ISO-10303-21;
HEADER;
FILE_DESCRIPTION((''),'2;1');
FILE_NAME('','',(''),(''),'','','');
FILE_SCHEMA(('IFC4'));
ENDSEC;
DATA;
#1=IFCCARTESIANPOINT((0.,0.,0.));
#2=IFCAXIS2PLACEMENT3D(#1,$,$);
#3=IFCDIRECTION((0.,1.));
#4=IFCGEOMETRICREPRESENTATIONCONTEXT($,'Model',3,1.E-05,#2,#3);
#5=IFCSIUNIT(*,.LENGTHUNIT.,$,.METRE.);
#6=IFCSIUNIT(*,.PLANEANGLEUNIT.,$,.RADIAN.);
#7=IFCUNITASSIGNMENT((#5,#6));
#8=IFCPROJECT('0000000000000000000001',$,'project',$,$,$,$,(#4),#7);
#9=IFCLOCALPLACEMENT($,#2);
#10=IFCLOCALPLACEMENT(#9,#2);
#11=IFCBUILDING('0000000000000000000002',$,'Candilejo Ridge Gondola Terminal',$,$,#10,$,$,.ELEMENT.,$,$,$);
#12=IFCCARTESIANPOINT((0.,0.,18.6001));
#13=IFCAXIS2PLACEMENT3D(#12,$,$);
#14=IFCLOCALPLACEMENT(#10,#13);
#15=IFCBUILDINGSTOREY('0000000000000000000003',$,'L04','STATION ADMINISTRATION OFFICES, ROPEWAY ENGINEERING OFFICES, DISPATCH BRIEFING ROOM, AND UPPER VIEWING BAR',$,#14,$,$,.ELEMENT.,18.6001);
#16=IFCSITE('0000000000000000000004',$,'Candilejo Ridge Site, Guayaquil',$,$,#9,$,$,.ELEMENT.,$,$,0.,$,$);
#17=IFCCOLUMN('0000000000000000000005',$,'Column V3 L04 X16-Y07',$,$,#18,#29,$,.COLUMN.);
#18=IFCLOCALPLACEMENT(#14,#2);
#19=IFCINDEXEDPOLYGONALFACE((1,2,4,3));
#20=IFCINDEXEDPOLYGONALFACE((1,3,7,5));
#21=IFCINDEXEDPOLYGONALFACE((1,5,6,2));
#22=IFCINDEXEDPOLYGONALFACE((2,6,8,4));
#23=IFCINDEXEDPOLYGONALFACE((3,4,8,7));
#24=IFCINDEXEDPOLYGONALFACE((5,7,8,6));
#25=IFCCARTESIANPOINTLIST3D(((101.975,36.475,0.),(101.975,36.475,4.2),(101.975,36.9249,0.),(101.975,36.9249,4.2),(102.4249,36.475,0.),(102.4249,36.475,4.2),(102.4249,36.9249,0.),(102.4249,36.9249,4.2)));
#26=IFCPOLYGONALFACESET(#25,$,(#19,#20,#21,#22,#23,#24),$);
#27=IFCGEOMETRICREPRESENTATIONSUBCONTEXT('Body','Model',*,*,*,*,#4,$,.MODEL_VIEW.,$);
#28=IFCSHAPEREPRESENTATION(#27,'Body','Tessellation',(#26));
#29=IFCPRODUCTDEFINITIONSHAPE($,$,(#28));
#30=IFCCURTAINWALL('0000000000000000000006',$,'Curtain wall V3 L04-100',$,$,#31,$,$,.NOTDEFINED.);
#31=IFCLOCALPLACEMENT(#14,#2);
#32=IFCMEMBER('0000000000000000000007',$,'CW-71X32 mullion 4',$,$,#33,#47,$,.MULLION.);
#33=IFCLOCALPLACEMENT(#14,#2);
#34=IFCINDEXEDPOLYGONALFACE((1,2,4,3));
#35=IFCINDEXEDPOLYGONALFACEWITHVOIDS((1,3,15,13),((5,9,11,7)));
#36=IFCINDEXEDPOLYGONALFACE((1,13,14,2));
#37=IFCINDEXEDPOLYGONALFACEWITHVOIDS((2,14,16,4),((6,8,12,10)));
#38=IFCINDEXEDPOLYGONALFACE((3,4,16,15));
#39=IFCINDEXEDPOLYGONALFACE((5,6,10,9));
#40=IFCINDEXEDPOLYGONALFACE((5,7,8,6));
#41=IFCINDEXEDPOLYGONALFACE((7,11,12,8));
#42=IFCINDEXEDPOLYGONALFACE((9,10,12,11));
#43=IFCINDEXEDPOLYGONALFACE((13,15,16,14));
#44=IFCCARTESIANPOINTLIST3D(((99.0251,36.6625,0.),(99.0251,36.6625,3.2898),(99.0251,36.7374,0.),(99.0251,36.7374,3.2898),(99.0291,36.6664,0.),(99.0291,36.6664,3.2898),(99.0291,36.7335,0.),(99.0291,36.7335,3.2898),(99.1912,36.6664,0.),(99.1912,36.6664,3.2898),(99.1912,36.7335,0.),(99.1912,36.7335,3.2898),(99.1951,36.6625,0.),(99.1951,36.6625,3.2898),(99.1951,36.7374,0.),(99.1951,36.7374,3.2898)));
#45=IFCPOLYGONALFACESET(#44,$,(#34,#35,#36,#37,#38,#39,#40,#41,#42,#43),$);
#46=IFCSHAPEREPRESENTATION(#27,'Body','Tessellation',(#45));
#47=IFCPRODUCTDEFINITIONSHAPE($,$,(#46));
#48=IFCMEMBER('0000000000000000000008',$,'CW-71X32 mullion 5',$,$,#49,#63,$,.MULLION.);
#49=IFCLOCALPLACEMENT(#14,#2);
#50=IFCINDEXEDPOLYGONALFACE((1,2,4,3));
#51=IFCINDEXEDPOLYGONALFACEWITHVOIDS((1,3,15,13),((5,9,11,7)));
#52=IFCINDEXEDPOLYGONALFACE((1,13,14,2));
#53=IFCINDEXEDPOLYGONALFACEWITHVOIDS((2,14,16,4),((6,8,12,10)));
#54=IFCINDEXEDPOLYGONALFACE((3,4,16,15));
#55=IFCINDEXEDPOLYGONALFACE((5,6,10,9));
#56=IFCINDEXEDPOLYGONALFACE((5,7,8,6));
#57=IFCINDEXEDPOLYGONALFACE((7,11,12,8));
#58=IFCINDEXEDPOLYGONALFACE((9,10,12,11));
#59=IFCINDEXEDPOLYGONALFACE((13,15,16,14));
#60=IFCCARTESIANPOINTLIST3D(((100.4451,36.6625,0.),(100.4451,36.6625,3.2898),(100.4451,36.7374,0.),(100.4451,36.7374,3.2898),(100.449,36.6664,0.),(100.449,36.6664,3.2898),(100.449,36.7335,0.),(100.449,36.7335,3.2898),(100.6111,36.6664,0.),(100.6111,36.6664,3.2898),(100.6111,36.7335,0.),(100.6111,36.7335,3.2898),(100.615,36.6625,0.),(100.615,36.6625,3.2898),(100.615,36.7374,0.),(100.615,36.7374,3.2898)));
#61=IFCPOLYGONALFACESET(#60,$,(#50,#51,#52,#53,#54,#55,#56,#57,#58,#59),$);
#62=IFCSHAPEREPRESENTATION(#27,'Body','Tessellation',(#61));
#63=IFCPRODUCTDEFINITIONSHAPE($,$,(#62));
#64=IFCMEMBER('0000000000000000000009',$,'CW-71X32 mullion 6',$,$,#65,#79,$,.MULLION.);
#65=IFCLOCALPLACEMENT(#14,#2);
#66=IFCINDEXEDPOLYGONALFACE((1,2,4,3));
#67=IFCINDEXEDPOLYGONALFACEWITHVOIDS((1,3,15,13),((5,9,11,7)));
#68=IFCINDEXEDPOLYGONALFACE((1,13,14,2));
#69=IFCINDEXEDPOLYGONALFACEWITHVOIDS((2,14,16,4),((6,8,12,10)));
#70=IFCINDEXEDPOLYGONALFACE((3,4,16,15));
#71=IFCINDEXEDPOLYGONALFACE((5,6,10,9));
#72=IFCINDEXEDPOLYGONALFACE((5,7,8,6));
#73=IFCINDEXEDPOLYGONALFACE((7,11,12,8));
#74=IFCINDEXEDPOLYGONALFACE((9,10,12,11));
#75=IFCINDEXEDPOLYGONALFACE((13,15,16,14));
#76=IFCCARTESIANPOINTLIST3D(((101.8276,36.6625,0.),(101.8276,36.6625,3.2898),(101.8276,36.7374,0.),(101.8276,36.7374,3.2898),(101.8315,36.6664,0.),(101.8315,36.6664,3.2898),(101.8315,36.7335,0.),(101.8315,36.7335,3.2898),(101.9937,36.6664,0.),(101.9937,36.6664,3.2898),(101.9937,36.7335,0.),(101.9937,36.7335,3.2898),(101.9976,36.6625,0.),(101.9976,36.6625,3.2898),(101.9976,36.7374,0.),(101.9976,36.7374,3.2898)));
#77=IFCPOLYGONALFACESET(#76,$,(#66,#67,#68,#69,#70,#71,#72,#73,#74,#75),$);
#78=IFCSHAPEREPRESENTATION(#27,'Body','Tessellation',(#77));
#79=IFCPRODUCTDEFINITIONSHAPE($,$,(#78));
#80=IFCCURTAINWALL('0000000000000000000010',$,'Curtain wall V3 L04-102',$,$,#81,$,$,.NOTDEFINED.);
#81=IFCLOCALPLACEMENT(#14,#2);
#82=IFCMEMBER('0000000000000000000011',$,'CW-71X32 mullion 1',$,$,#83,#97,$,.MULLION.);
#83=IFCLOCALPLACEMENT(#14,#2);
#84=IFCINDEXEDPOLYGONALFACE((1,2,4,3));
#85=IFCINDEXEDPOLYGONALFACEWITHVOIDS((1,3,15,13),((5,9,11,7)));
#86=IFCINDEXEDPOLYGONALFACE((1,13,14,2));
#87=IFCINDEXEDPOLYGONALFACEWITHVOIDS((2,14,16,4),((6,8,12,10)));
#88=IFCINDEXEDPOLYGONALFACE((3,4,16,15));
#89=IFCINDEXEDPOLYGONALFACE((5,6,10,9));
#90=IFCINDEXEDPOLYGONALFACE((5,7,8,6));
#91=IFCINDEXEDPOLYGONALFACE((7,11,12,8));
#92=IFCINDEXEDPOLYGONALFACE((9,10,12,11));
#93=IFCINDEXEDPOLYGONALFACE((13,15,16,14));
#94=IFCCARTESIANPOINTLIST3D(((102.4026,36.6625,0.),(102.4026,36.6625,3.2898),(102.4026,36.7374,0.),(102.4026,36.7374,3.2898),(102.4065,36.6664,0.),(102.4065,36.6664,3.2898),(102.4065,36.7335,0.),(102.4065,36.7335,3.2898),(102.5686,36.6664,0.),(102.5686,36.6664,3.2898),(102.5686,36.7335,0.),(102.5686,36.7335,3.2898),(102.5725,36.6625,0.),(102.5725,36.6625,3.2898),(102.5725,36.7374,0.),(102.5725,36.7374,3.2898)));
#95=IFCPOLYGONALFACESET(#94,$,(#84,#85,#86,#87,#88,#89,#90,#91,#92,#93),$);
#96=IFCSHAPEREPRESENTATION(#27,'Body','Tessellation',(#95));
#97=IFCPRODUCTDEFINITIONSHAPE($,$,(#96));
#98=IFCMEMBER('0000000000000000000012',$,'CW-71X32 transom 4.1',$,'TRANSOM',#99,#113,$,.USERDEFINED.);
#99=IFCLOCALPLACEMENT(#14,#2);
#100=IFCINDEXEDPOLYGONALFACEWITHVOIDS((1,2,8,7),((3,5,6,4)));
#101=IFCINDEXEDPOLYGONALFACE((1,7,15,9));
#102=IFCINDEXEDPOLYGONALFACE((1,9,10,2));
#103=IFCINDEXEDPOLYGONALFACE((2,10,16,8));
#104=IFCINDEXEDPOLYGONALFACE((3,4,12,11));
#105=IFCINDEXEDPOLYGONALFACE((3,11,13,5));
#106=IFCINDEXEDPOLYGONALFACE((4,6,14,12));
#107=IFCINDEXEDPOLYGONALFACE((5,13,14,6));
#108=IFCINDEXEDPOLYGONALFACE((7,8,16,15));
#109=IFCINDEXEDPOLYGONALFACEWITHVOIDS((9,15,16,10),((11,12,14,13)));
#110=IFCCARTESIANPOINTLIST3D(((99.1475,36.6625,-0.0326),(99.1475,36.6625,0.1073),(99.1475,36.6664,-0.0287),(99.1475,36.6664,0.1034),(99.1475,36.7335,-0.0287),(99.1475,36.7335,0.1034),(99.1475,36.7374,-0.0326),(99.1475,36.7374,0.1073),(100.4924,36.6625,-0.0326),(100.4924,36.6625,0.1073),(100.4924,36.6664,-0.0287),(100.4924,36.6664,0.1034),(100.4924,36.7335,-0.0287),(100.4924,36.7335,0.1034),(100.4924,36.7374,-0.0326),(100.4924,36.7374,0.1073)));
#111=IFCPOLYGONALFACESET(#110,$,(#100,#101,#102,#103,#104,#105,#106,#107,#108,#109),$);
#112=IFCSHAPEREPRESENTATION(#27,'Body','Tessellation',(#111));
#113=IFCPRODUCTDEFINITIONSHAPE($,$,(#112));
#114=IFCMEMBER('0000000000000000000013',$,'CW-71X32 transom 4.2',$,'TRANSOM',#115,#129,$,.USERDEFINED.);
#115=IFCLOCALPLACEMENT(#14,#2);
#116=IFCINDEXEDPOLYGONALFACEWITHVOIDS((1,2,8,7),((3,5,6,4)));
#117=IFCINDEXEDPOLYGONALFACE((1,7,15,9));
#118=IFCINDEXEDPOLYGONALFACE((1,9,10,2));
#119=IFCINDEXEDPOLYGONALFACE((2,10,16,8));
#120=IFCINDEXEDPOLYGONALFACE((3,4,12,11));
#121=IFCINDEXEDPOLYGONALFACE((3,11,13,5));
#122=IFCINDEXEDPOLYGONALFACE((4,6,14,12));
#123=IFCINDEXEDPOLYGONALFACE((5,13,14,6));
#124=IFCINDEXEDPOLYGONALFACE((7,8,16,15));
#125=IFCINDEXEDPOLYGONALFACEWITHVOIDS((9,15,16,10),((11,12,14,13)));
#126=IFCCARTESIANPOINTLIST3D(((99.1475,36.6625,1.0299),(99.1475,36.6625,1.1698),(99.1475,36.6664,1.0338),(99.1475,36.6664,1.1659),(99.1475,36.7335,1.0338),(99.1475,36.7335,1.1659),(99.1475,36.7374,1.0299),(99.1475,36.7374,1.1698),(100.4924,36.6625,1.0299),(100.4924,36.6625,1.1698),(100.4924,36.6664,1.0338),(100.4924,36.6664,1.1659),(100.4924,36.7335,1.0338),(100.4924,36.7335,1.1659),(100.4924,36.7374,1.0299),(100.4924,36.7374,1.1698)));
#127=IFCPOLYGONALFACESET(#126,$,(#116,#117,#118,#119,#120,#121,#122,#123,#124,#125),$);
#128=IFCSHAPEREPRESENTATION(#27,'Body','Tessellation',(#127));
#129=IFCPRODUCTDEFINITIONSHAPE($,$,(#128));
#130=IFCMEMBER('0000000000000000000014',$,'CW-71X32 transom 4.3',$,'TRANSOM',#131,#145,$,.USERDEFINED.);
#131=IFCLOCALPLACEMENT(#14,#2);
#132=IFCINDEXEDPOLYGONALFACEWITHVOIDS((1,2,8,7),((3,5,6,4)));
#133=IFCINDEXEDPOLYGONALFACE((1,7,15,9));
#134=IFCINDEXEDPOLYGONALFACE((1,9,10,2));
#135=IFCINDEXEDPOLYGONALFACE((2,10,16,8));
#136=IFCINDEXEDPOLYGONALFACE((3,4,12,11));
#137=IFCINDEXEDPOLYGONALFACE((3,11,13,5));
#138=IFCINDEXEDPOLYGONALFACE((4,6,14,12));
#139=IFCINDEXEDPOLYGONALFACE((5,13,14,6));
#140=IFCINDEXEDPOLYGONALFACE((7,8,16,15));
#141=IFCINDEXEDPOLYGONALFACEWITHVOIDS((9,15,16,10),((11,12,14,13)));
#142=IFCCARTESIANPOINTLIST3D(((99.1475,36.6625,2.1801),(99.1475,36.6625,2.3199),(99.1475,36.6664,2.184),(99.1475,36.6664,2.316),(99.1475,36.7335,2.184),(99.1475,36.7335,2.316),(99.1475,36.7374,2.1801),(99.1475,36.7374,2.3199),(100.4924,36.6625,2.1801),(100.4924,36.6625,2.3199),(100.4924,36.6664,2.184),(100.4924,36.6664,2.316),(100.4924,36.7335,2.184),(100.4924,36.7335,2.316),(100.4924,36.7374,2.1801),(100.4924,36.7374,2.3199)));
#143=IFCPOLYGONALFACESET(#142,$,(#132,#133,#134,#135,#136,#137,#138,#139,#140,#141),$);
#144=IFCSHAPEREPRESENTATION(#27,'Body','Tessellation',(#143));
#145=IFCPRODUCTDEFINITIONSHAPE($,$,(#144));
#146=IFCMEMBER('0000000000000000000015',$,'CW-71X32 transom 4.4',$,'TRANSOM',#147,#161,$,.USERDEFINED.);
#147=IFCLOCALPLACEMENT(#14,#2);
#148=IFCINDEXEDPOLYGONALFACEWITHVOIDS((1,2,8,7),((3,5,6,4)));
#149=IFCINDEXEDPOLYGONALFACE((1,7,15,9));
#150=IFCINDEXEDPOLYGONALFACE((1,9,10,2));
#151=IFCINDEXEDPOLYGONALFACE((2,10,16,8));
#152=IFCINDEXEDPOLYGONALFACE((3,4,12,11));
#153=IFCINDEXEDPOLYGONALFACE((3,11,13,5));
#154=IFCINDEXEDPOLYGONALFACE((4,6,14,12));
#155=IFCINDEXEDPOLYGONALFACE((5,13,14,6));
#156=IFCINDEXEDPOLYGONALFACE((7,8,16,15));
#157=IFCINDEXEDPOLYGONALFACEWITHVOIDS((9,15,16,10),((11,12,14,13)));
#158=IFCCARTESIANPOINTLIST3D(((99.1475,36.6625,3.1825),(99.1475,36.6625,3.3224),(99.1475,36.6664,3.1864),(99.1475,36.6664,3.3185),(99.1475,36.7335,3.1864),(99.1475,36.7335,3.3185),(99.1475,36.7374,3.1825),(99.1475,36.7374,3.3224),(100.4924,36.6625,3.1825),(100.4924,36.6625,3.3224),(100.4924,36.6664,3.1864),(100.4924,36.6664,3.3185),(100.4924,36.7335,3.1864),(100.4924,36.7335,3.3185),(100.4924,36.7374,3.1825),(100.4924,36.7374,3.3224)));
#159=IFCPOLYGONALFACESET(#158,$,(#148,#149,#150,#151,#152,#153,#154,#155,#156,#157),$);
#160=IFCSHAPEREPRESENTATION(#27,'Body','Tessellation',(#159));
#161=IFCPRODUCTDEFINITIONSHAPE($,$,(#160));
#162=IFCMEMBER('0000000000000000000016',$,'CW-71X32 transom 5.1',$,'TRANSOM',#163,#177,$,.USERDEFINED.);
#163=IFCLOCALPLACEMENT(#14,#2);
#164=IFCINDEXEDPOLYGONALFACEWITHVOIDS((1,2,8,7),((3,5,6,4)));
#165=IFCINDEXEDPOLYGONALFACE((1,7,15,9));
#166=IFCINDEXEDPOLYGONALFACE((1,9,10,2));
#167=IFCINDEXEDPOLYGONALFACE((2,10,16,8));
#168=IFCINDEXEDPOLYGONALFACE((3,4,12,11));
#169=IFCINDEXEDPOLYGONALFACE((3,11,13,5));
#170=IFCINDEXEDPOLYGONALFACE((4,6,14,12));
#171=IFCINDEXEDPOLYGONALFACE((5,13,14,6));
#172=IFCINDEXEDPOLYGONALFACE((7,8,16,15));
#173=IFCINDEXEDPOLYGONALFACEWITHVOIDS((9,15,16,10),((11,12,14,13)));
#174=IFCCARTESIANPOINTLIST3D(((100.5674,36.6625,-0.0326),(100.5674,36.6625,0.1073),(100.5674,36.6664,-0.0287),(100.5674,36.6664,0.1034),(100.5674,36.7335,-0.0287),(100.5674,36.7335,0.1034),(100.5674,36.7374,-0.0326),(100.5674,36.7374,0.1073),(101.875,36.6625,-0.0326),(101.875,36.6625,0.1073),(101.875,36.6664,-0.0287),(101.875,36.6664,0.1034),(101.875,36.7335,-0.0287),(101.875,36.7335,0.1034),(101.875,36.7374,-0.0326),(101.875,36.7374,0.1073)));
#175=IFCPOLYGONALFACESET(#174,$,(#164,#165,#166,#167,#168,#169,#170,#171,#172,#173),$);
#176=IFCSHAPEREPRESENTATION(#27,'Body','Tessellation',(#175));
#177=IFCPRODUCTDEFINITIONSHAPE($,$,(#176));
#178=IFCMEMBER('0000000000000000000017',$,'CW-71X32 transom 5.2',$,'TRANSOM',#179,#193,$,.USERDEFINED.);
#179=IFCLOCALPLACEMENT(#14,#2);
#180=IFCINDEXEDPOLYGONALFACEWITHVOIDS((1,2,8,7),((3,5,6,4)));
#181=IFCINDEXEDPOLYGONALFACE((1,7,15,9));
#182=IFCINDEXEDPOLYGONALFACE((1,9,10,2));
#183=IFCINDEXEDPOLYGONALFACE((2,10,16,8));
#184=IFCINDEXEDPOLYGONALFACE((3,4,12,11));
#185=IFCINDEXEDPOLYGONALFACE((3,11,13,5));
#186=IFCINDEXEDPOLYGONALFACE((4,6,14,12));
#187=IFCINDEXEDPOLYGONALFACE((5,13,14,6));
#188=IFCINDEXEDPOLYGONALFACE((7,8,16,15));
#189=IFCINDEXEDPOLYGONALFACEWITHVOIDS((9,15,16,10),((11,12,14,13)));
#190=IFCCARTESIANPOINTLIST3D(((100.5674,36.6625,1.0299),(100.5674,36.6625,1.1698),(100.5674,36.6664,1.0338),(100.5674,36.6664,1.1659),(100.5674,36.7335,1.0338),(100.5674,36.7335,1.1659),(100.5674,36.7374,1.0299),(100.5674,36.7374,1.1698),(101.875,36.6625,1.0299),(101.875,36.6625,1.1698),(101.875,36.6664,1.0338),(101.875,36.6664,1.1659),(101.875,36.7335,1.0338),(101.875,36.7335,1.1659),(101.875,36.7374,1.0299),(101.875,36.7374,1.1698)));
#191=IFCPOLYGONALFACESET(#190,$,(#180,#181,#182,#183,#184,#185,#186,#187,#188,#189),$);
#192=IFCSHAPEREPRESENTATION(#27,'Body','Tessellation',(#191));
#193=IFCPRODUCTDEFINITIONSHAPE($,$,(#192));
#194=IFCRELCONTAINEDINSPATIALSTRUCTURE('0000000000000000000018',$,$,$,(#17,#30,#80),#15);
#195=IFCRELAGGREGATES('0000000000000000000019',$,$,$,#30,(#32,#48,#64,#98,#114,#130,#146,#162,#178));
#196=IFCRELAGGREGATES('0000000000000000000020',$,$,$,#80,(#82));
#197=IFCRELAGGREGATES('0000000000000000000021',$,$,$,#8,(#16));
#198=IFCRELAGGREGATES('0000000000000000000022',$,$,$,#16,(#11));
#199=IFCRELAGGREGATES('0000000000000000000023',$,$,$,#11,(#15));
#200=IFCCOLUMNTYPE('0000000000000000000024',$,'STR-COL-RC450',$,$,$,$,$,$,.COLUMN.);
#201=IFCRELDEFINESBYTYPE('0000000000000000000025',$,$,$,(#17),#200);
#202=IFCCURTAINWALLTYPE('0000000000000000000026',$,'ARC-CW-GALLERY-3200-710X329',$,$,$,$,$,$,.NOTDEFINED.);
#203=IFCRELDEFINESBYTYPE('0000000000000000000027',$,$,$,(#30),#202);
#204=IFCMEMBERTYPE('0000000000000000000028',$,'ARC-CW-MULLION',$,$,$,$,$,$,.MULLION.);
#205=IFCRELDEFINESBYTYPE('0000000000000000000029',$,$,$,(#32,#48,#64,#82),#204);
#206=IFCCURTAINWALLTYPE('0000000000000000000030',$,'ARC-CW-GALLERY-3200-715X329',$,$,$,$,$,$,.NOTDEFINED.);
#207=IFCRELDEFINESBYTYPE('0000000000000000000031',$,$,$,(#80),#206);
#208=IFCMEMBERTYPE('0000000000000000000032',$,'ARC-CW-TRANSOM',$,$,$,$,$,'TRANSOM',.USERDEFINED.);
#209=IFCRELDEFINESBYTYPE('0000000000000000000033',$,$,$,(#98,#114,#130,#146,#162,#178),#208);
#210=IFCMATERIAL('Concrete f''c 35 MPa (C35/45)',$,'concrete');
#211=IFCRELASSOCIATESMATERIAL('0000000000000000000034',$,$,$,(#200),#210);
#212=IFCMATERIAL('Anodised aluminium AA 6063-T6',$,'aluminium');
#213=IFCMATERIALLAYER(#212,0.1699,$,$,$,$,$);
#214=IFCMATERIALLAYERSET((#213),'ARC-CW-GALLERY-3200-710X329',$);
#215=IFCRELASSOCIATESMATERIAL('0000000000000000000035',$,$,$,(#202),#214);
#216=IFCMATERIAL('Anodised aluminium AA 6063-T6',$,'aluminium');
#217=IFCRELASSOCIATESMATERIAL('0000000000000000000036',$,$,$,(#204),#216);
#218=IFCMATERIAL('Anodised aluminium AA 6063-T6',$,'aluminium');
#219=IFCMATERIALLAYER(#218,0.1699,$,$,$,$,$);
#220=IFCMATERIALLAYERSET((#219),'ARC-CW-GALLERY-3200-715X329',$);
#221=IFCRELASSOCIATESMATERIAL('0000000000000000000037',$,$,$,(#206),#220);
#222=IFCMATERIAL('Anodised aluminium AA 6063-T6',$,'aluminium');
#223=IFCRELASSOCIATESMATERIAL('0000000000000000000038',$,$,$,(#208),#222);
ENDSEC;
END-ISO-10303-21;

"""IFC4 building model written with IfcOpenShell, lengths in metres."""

from ifc_helpers import new_model, si_unit, direction, frame, origin, origin_2d, place, context, subcontext, project, spatial, rectangle, hollow_rectangle, extrude, material, layer, layer_set, material_profile, profile_set, type_object, element, aggregate, save


model = new_model("IFC4")

# Units and contexts
model_context = context("Model", 3, precision=1e-05, world=origin(), true_north=direction((0.0, 1.0)))
body_context = subcontext(model_context, "Body", "Model", "MODEL_VIEW")
ifc_project = project(units=[si_unit("LENGTHUNIT", "METRE"), si_unit("PLANEANGLEUNIT", "RADIAN")], contexts=[model_context])

# Site, building, storey
site_placement = place(None, origin())
site = spatial("IfcSite", under=ifc_project, at=site_placement, Name="Candilejo Ridge Site, Guayaquil", CompositionType="ELEMENT", RefElevation=0.0)
building_placement = place(site_placement, origin())
building = spatial("IfcBuilding", under=site, at=building_placement, Name="Candilejo Ridge Gondola Terminal", CompositionType="ELEMENT")
storey_placement = place(building_placement, frame((0.0, 0.0, 18.6001)))
storey = spatial("IfcBuildingStorey", under=building, at=storey_placement, Name="L04", Description="STATION ADMINISTRATION OFFICES, ROPEWAY ENGINEERING OFFICES, DISPATCH BRIEFING ROOM, AND UPPER VIEWING BAR", CompositionType="ELEMENT", Elevation=18.6001)

# Column
ifc_material_1 = material(Name="Concrete f'c 35 MPa (C35/45)", Category="concrete")
ifc_material_profile_1 = material_profile(ifc_material_1, rectangle(XDim=0.45, YDim=0.45, at=origin_2d()))
ifc_profile_set_1 = profile_set([ifc_material_profile_1], Name="Concrete f'c 35 MPa (C35/45)")
column_type = type_object("IfcColumnType", Name="STR-COL-RC450", PredefinedType="COLUMN", material=ifc_profile_set_1)
column_placement = place(storey_placement, frame((102.2, 36.7, 0.0), z_axis=(0.0, 0.0, 1.0), x_axis=(1.0, 0.0, 0.0)))
element("IfcColumn", 1, at=column_placement, inside=storey, type_object=column_type, Name="Column V3 L04 X16-Y07", PredefinedType="COLUMN", context=body_context, shape_type="SweptSolid", body=[
    extrude(rectangle(XDim=0.45, YDim=0.45, at=origin_2d()), origin(), (0.0, 0.0, 1.0), 4.2),
])

# Curtain wall, members
ifc_material_2 = material(Name="Anodised aluminium AA 6063-T6", Category="aluminium")
ifc_layer_1 = layer(ifc_material_2, 0.1699)
ifc_layer_set_1 = layer_set([ifc_layer_1], Name="ARC-CW-GALLERY-3200-710X329")
curtain_wall_type_1 = type_object("IfcCurtainWallType", Name="ARC-CW-GALLERY-3200-710X329", PredefinedType="NOTDEFINED", material=ifc_layer_set_1)
curtain_wall_1_placement = place(storey_placement, origin())
curtain_wall_1 = element("IfcCurtainWall", 2, at=curtain_wall_1_placement, inside=storey, type_object=curtain_wall_type_1, Name="Curtain wall V3 L04-100", PredefinedType="NOTDEFINED")
ifc_material_3 = material(Name="Anodised aluminium AA 6063-T6", Category="aluminium")
ifc_material_profile_2 = material_profile(ifc_material_3, hollow_rectangle(XDim=0.075, YDim=0.1699, WallThickness=0.0039, at=origin_2d()))
ifc_profile_set_2 = profile_set([ifc_material_profile_2], Name="Anodised aluminium AA 6063-T6")
member_type_1 = type_object("IfcMemberType", Name="ARC-CW-MULLION", PredefinedType="MULLION", material=ifc_profile_set_2)
member_1_placement = place(storey_placement, frame((99.1101, 36.7, 0.0), z_axis=(0.0, 0.0, 1.0), x_axis=(0.0, 1.0, 0.0)))
member_1 = element("IfcMember", 3, at=member_1_placement, type_object=member_type_1, Name="CW-71X32 mullion 4", PredefinedType="MULLION", context=body_context, shape_type="SweptSolid", body=[
    extrude(hollow_rectangle(XDim=0.075, YDim=0.1699, WallThickness=0.0039, at=origin_2d()), origin(), (0.0, 0.0, 1.0), 3.2898),
])
member_2_placement = place(storey_placement, frame((100.53, 36.7, 0.0), z_axis=(0.0, 0.0, 1.0), x_axis=(0.0, 1.0, 0.0)))
member_2 = element("IfcMember", 4, at=member_2_placement, type_object=member_type_1, Name="CW-71X32 mullion 5", PredefinedType="MULLION", context=body_context, shape_type="SweptSolid", body=[
    extrude(hollow_rectangle(XDim=0.075, YDim=0.1699, WallThickness=0.0039, at=origin_2d()), origin(), (0.0, 0.0, 1.0), 3.2898),
])
member_3_placement = place(storey_placement, frame((101.9126, 36.7, 0.0), z_axis=(0.0, 0.0, 1.0), x_axis=(0.0, 1.0, 0.0)))
member_3 = element("IfcMember", 5, at=member_3_placement, type_object=member_type_1, Name="CW-71X32 mullion 6", PredefinedType="MULLION", context=body_context, shape_type="SweptSolid", body=[
    extrude(hollow_rectangle(XDim=0.075, YDim=0.1699, WallThickness=0.0039, at=origin_2d()), origin(), (0.0, 0.0, 1.0), 3.2898),
])

# Curtain wall, member
ifc_material_4 = material(Name="Anodised aluminium AA 6063-T6", Category="aluminium")
ifc_layer_2 = layer(ifc_material_4, 0.1699)
ifc_layer_set_2 = layer_set([ifc_layer_2], Name="ARC-CW-GALLERY-3200-715X329")
curtain_wall_type_2 = type_object("IfcCurtainWallType", Name="ARC-CW-GALLERY-3200-715X329", PredefinedType="NOTDEFINED", material=ifc_layer_set_2)
curtain_wall_2_placement = place(storey_placement, origin())
curtain_wall_2 = element("IfcCurtainWall", 6, at=curtain_wall_2_placement, inside=storey, type_object=curtain_wall_type_2, Name="Curtain wall V3 L04-102", PredefinedType="NOTDEFINED")
member_4_placement = place(storey_placement, frame((102.4875, 36.7, 0.0), z_axis=(0.0, 0.0, 1.0), x_axis=(0.0, 1.0, 0.0)))
member_4 = element("IfcMember", 7, at=member_4_placement, type_object=member_type_1, Name="CW-71X32 mullion 1", PredefinedType="MULLION", context=body_context, shape_type="SweptSolid", body=[
    extrude(hollow_rectangle(XDim=0.075, YDim=0.1699, WallThickness=0.0039, at=origin_2d()), origin(), (0.0, 0.0, 1.0), 3.2898),
])

# Members
ifc_material_5 = material(Name="Anodised aluminium AA 6063-T6", Category="aluminium")
ifc_material_profile_3 = material_profile(ifc_material_5, hollow_rectangle(XDim=0.075, YDim=0.1399, WallThickness=0.0039, at=origin_2d()))
ifc_profile_set_3 = profile_set([ifc_material_profile_3], Name="Anodised aluminium AA 6063-T6")
member_type_2 = type_object("IfcMemberType", Name="ARC-CW-TRANSOM", ElementType="TRANSOM", PredefinedType="USERDEFINED", material=ifc_profile_set_3)
member_5_placement = place(storey_placement, frame((99.1475, 36.7, 0.0374), z_axis=(1.0, 0.0, 0.0), x_axis=(0.0, 1.0, 0.0)))
member_5 = element("IfcMember", 8, at=member_5_placement, type_object=member_type_2, Name="CW-71X32 transom 4.1", ObjectType="TRANSOM", PredefinedType="USERDEFINED", context=body_context, shape_type="SweptSolid", body=[
    extrude(hollow_rectangle(XDim=0.075, YDim=0.1399, WallThickness=0.0039, at=origin_2d()), origin(), (0.0, 0.0, 1.0), 1.345),
])
member_6_placement = place(storey_placement, frame((99.1475, 36.7, 1.0999), z_axis=(1.0, 0.0, 0.0), x_axis=(0.0, 1.0, 0.0)))
member_6 = element("IfcMember", 9, at=member_6_placement, type_object=member_type_2, Name="CW-71X32 transom 4.2", ObjectType="TRANSOM", PredefinedType="USERDEFINED", context=body_context, shape_type="SweptSolid", body=[
    extrude(hollow_rectangle(XDim=0.075, YDim=0.1399, WallThickness=0.0039, at=origin_2d()), origin(), (0.0, 0.0, 1.0), 1.345),
])
member_7_placement = place(storey_placement, frame((99.1475, 36.7, 2.25), z_axis=(1.0, 0.0, 0.0), x_axis=(0.0, 1.0, 0.0)))
member_7 = element("IfcMember", 10, at=member_7_placement, type_object=member_type_2, Name="CW-71X32 transom 4.3", ObjectType="TRANSOM", PredefinedType="USERDEFINED", context=body_context, shape_type="SweptSolid", body=[
    extrude(hollow_rectangle(XDim=0.075, YDim=0.1399, WallThickness=0.0039, at=origin_2d()), origin(), (0.0, 0.0, 1.0), 1.345),
])
member_8_placement = place(storey_placement, frame((99.1475, 36.7, 3.2524), z_axis=(1.0, 0.0, 0.0), x_axis=(0.0, 1.0, 0.0)))
member_8 = element("IfcMember", 11, at=member_8_placement, type_object=member_type_2, Name="CW-71X32 transom 4.4", ObjectType="TRANSOM", PredefinedType="USERDEFINED", context=body_context, shape_type="SweptSolid", body=[
    extrude(hollow_rectangle(XDim=0.075, YDim=0.1399, WallThickness=0.0039, at=origin_2d()), origin(), (0.0, 0.0, 1.0), 1.345),
])
member_9_placement = place(storey_placement, frame((100.5674, 36.7, 0.0374), z_axis=(1.0, 0.0, 0.0), x_axis=(0.0, 1.0, 0.0)))
member_9 = element("IfcMember", 12, at=member_9_placement, type_object=member_type_2, Name="CW-71X32 transom 5.1", ObjectType="TRANSOM", PredefinedType="USERDEFINED", context=body_context, shape_type="SweptSolid", body=[
    extrude(hollow_rectangle(XDim=0.075, YDim=0.1399, WallThickness=0.0039, at=origin_2d()), origin(), (0.0, 0.0, 1.0), 1.3076),
])
member_10_placement = place(storey_placement, frame((100.5674, 36.7, 1.0999), z_axis=(1.0, 0.0, 0.0), x_axis=(0.0, 1.0, 0.0)))
member_10 = element("IfcMember", 13, at=member_10_placement, type_object=member_type_2, Name="CW-71X32 transom 5.2", ObjectType="TRANSOM", PredefinedType="USERDEFINED", context=body_context, shape_type="SweptSolid", body=[
    extrude(hollow_rectangle(XDim=0.075, YDim=0.1399, WallThickness=0.0039, at=origin_2d()), origin(), (0.0, 0.0, 1.0), 1.3076),
])

aggregate(curtain_wall_1, [member_1, member_2, member_3, member_5, member_6, member_7, member_8, member_9, member_10])
aggregate(curtain_wall_2, [member_4])

save(model, "model.ifc")
